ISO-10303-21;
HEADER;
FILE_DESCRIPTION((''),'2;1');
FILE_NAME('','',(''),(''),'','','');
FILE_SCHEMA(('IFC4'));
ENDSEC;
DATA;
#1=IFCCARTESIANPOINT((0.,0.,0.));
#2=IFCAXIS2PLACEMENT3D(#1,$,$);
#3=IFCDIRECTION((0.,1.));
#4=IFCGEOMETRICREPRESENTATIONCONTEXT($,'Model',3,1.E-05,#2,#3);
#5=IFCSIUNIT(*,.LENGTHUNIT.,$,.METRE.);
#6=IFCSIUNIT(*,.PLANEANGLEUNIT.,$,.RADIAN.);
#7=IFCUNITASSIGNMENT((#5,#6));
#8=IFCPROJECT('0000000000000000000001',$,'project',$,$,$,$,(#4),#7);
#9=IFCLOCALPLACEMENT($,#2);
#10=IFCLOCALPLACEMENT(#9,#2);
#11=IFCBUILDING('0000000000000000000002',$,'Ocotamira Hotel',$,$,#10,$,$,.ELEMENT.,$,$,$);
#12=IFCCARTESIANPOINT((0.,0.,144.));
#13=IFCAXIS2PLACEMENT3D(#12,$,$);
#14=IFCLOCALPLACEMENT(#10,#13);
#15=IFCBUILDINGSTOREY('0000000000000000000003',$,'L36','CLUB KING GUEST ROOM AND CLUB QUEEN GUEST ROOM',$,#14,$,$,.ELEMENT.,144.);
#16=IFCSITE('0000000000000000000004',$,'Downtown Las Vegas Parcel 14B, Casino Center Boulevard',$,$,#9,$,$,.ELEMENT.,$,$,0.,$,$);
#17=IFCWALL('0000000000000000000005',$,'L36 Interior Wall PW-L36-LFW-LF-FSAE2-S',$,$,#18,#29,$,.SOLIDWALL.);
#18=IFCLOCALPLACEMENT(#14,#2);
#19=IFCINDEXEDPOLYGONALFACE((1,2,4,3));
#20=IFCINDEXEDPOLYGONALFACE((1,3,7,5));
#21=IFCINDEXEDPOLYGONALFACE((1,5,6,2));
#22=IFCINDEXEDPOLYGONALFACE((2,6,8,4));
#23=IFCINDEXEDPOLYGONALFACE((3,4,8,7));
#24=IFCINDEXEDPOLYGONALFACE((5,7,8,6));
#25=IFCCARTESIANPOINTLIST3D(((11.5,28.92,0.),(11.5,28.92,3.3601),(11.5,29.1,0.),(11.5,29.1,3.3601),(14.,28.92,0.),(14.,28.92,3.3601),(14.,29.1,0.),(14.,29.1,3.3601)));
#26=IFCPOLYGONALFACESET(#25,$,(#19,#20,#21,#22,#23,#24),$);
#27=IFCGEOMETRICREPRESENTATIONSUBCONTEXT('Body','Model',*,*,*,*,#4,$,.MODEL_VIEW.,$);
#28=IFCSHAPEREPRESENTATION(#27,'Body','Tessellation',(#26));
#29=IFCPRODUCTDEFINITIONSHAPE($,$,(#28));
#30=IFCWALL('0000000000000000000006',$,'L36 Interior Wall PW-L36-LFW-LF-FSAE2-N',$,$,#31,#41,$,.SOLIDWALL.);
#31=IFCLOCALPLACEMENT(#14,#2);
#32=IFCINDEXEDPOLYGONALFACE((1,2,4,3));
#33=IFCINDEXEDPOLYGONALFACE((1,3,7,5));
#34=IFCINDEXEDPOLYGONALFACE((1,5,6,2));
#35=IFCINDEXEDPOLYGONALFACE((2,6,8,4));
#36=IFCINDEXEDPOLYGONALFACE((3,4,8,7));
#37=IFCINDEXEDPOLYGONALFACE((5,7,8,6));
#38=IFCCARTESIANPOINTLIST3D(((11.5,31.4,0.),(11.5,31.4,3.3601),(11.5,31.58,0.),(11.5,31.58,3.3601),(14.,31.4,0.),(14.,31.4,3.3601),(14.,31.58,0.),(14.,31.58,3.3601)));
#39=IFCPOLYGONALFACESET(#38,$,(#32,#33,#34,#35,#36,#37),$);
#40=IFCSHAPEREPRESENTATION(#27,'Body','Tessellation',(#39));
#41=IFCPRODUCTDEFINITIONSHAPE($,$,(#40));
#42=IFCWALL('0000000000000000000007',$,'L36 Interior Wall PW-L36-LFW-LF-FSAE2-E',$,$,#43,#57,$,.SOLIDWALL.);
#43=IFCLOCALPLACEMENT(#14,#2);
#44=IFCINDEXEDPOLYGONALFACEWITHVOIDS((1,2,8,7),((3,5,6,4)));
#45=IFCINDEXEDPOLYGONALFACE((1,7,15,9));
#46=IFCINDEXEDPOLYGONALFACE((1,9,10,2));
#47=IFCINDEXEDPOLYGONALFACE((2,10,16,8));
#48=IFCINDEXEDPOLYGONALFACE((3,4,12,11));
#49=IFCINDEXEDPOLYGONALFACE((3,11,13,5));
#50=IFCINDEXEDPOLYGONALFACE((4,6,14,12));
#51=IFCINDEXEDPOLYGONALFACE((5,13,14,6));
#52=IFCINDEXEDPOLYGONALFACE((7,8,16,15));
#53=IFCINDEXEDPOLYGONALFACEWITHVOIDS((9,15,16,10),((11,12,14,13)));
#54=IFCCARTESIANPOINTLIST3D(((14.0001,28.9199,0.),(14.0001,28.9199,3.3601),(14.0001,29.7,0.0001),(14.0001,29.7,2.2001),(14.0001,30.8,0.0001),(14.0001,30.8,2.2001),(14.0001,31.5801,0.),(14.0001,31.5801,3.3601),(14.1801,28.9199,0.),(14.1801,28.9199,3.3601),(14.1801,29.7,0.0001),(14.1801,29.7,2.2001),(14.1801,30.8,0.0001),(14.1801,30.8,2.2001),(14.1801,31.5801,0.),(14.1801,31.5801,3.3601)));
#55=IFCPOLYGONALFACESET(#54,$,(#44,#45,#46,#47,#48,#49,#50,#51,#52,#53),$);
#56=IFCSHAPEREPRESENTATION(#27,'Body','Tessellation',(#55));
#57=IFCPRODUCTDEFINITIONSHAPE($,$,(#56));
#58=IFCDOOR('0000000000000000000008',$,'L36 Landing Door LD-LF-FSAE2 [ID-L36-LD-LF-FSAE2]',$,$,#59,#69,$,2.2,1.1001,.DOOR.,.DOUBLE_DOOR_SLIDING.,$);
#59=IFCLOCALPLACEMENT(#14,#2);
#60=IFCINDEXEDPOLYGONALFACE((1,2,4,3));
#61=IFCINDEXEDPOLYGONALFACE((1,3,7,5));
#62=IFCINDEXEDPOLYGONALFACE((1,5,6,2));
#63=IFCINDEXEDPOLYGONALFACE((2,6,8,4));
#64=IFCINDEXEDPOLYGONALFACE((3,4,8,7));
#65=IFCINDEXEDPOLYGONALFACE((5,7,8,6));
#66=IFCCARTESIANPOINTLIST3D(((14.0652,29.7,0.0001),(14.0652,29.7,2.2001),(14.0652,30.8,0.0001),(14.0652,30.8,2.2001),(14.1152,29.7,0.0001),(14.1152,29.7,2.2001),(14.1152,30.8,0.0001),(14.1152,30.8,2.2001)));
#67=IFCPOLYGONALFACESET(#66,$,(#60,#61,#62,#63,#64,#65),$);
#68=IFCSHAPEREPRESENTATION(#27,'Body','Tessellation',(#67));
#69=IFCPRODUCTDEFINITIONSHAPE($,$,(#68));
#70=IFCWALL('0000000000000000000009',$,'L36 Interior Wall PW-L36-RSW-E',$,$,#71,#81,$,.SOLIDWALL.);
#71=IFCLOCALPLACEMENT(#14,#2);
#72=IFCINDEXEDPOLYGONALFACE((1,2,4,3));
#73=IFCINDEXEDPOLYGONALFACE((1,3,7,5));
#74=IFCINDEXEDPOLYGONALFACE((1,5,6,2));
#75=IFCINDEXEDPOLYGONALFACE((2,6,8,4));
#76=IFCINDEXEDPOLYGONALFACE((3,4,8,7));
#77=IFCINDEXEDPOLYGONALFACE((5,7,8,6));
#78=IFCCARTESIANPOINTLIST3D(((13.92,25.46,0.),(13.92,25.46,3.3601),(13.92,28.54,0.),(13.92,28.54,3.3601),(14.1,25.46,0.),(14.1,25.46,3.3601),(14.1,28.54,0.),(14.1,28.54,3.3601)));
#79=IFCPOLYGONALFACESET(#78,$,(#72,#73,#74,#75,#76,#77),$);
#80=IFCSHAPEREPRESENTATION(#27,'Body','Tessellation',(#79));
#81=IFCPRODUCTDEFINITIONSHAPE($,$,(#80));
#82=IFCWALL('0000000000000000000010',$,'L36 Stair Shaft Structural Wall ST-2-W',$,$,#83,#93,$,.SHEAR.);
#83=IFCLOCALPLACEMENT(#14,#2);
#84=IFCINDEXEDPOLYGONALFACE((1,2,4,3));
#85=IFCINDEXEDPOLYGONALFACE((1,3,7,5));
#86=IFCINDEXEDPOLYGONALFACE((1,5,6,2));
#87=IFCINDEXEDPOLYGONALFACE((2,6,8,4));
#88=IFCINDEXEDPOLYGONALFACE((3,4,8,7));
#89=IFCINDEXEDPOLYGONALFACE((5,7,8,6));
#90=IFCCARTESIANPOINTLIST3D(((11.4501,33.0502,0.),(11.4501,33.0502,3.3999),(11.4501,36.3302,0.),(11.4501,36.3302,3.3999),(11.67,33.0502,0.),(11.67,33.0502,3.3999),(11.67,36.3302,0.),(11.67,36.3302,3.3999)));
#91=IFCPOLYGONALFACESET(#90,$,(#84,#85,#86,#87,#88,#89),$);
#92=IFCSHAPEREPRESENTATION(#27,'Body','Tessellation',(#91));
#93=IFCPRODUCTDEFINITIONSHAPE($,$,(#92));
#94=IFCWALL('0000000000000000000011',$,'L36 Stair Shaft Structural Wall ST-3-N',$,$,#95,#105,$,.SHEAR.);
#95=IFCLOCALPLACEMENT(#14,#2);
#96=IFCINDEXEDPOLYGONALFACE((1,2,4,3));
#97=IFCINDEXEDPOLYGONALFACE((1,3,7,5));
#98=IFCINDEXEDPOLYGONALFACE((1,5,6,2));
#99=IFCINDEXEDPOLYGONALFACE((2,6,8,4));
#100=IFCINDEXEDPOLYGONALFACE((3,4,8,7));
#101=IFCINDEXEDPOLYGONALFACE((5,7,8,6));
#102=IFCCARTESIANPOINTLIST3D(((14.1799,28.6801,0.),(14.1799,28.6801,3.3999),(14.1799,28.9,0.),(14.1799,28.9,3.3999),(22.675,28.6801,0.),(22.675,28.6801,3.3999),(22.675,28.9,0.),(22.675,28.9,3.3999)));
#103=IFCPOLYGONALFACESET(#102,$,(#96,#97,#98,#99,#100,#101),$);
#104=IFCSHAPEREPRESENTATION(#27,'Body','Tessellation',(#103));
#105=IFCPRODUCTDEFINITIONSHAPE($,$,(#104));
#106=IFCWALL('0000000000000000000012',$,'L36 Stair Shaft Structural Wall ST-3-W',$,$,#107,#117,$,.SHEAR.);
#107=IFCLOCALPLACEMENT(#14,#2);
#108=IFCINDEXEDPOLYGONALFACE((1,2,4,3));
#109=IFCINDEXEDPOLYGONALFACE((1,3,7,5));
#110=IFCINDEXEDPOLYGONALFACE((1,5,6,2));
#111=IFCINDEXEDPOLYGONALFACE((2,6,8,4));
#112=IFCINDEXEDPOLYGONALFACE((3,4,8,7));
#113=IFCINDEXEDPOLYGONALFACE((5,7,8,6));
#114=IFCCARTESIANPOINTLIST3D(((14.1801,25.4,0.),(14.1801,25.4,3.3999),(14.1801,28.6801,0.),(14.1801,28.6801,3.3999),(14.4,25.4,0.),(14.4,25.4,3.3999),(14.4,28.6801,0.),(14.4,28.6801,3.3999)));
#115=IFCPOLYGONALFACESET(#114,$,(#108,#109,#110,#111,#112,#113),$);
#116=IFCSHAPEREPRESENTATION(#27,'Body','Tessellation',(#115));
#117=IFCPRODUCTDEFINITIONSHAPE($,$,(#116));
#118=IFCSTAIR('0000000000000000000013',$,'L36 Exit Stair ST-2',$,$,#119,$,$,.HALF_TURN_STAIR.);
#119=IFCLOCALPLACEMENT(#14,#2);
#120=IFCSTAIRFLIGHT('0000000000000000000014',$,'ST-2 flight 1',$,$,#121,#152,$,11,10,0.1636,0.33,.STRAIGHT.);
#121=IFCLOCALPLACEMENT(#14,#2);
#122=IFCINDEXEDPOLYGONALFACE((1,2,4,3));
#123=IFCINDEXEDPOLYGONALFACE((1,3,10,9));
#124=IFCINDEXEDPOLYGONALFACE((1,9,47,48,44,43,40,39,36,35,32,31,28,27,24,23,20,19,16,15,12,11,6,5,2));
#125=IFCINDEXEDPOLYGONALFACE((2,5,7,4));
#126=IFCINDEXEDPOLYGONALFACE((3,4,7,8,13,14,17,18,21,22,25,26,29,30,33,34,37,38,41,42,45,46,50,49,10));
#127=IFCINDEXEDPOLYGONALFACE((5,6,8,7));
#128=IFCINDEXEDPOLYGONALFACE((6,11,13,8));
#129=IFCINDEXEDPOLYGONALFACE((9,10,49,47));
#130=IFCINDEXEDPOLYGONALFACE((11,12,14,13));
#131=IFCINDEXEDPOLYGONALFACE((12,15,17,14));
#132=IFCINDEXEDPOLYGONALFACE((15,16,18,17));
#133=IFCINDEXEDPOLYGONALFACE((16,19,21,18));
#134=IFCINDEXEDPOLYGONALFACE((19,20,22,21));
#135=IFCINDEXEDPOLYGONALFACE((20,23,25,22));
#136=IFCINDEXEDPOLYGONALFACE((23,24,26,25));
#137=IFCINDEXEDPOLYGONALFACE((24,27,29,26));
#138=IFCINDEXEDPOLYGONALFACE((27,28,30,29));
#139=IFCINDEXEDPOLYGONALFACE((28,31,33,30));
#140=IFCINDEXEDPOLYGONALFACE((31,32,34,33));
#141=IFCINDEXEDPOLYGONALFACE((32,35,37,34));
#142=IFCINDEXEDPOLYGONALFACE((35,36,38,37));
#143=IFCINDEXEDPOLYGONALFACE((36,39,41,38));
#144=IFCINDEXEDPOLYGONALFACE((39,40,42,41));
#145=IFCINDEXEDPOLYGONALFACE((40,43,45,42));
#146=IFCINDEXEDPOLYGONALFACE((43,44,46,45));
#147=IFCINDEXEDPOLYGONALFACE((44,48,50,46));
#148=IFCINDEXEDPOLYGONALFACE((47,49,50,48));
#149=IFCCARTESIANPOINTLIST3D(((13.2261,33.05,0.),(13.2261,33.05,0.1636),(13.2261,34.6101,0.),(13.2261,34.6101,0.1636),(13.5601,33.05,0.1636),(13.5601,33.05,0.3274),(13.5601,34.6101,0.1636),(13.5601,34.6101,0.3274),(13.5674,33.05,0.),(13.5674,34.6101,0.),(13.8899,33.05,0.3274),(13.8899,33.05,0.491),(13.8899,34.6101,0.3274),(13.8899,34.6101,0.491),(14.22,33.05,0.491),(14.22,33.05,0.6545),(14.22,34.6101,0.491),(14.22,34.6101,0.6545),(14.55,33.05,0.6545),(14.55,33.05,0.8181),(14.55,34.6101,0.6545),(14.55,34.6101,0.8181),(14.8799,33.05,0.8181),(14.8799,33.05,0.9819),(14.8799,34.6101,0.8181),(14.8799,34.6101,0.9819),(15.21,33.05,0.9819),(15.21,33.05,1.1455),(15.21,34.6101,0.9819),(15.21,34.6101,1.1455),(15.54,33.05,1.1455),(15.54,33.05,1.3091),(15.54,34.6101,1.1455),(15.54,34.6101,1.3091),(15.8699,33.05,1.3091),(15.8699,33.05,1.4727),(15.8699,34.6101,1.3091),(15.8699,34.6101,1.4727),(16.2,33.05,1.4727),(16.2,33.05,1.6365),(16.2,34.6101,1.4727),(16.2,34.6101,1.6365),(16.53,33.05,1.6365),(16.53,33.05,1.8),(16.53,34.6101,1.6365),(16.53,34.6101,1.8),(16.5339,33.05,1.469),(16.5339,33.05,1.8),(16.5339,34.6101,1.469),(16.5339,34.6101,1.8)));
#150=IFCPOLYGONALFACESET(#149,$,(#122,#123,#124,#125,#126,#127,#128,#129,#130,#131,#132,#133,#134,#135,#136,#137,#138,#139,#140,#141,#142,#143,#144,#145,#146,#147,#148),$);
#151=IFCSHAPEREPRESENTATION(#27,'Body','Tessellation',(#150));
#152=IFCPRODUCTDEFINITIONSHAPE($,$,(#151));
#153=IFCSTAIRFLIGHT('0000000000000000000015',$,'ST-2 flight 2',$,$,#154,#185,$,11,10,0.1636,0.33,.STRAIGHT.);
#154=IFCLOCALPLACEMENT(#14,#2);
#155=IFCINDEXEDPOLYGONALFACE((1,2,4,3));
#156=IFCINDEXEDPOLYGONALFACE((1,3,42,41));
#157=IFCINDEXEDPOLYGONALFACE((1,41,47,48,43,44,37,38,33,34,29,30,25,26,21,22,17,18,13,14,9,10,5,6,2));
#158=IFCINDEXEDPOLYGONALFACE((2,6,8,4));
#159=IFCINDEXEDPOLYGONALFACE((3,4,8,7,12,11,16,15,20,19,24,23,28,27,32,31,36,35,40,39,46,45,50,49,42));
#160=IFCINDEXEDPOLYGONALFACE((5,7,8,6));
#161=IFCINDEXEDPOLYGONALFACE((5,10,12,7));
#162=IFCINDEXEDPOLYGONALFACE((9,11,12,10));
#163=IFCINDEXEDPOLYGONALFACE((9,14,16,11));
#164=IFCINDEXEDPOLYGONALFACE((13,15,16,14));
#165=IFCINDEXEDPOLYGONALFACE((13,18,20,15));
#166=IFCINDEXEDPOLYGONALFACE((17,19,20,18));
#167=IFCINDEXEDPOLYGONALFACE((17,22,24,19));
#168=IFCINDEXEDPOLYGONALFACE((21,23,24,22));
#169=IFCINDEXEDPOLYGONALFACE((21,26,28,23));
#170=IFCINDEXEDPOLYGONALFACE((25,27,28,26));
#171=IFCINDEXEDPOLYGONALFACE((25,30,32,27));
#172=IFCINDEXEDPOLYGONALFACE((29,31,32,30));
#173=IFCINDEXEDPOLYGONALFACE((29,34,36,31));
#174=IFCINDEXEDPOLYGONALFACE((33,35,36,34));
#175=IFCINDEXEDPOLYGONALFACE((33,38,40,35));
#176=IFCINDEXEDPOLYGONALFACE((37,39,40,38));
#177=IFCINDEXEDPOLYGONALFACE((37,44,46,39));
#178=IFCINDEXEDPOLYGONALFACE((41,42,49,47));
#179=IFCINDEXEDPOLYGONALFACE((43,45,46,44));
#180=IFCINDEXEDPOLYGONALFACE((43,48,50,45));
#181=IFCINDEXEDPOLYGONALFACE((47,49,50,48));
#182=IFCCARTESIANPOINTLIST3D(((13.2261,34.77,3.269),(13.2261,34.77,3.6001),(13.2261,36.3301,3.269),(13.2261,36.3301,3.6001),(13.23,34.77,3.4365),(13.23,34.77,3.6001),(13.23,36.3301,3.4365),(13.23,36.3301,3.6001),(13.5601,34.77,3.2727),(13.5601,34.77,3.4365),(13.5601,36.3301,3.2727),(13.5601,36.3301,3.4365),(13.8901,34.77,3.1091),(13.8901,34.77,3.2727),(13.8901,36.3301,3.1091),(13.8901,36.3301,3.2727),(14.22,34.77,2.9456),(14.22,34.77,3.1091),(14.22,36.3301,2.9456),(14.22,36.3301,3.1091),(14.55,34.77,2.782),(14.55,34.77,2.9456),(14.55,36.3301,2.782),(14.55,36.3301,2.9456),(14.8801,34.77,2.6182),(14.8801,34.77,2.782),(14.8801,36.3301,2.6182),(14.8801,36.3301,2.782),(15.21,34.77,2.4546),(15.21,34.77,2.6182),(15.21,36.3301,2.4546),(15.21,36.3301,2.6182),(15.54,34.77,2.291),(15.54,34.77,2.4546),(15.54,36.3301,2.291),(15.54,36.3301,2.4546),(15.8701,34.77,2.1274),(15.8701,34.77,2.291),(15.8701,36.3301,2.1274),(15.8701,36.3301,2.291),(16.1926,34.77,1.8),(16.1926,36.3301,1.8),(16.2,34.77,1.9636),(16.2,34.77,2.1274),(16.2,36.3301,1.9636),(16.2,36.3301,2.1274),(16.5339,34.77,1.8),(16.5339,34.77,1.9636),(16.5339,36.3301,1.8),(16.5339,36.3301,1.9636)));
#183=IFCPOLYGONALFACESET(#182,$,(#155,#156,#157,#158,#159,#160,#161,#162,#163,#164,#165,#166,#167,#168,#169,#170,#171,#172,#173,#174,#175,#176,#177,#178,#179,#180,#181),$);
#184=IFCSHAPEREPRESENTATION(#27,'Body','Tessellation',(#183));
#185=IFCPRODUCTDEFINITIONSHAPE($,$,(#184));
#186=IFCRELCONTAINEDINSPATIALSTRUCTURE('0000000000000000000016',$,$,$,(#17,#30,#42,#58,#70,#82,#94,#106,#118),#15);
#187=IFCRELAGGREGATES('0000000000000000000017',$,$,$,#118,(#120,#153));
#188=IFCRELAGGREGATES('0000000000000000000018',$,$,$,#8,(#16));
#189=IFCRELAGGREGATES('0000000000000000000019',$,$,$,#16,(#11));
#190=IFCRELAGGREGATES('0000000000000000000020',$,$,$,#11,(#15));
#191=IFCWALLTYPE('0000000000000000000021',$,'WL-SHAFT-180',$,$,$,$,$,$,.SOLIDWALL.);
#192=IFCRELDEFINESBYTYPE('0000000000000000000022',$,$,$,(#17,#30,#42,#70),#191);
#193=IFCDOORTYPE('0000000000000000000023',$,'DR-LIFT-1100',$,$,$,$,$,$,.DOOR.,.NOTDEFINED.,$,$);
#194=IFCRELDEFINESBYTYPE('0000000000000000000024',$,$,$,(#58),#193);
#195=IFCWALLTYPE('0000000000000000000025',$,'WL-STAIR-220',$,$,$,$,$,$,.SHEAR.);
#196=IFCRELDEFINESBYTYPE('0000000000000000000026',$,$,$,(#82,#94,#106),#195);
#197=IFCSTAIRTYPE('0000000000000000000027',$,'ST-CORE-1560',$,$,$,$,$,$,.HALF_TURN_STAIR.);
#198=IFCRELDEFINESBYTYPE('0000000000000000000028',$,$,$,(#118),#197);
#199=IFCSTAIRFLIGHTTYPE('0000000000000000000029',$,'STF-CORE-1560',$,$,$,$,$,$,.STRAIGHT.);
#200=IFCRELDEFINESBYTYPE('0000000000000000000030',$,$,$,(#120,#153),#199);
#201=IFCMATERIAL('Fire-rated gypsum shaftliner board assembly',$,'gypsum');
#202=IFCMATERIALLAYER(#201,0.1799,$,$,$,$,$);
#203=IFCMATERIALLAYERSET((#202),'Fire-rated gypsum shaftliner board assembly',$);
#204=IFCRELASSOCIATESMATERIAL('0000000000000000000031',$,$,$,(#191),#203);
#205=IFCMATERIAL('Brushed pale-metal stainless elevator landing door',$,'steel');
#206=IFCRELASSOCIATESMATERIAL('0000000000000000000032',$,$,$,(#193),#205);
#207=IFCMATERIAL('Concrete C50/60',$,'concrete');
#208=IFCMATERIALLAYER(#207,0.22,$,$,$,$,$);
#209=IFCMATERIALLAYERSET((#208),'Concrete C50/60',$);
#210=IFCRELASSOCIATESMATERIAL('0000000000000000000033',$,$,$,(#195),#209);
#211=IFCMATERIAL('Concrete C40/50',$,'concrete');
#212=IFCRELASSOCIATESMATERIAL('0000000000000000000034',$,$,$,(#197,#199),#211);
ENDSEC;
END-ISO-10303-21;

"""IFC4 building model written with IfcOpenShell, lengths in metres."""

from ifc_helpers import new_model, si_unit, direction, frame, frame_2d, origin, place, context, subcontext, project, spatial, polyline, rectangle, outline, extrude, source, transform, mapped, material, layer, layer_set, type_object, element, fill, aggregate, save


model = new_model("IFC4")

# Units and contexts
model_context = context("Model", 3, precision=1e-05, world=origin(), true_north=direction((0.0, 1.0)))
body_context = subcontext(model_context, "Body", "Model", "MODEL_VIEW")
ifc_project = project(units=[si_unit("LENGTHUNIT", "METRE"), si_unit("PLANEANGLEUNIT", "RADIAN")], contexts=[model_context])

# Site, building, storey
site_placement = place(None, origin())
site = spatial("IfcSite", under=ifc_project, at=site_placement, Name="Downtown Las Vegas Parcel 14B, Casino Center Boulevard", CompositionType="ELEMENT", RefElevation=0.0)
building_placement = place(site_placement, origin())
building = spatial("IfcBuilding", under=site, at=building_placement, Name="Ocotamira Hotel", CompositionType="ELEMENT")
storey_placement = place(building_placement, frame((0.0, 0.0, 144.0)))
storey = spatial("IfcBuildingStorey", under=building, at=storey_placement, Name="L36", Description="CLUB KING GUEST ROOM AND CLUB QUEEN GUEST ROOM", CompositionType="ELEMENT", Elevation=144.0)

# Walls
ifc_material_1 = material(Name="Fire-rated gypsum shaftliner board assembly", Category="gypsum")
ifc_layer_1 = layer(ifc_material_1, 0.1799)
ifc_layer_set_1 = layer_set([ifc_layer_1], Name="Fire-rated gypsum shaftliner board assembly")
wall_type_1 = type_object("IfcWallType", Name="WL-SHAFT-180", PredefinedType="SOLIDWALL", material=ifc_layer_set_1)
for number, where, z_axis, x_axis, name in (
    (1, (11.5, 29.01, 0.0), (0.0, 0.0, 1.0), (1.0, 0.0, 0.0), "L36 Interior Wall PW-L36-LFW-LF-FSAE2-S"),
    (2, (11.5, 31.49, 0.0), (0.0, 0.0, 1.0), (1.0, 0.0, 0.0), "L36 Interior Wall PW-L36-LFW-LF-FSAE2-N"),
):
    element("IfcWall", number, at=place(storey_placement, frame(where, z_axis=z_axis, x_axis=x_axis)), inside=storey, type_object=wall_type_1, Name=name, PredefinedType="SOLIDWALL", context=body_context, shape_type="SweptSolid", body=[
        extrude(rectangle(XDim=2.5, YDim=0.1799, at=frame_2d((1.25, 0.0))), origin(), (0.0, 0.0, 1.0), 3.3601),
    ])

# Wall, opening, door
wall_1_placement = place(storey_placement, frame((14.0901, 28.9199, 0.0), z_axis=(0.0, 0.0, 1.0), x_axis=(0.0, 1.0, 0.0)))
wall_1 = element("IfcWall", 3, at=wall_1_placement, inside=storey, type_object=wall_type_1, Name="L36 Interior Wall PW-L36-LFW-LF-FSAE2-E", PredefinedType="SOLIDWALL", context=body_context, shape_type="SweptSolid", body=[
    extrude(rectangle(XDim=2.6602, YDim=0.1799, at=frame_2d((1.3301, 0.0))), origin(), (0.0, 0.0, 1.0), 3.3601),
])
opening_placement = place(wall_1_placement, frame((0.78, 0.0, 0.0)))
opening = element("IfcOpeningElement", 4, at=opening_placement, cuts=wall_1, PredefinedType="OPENING", context=body_context, shape_type="SweptSolid", body=[
    extrude(rectangle(XDim=1.1001, YDim=2.2, at=frame_2d((0.55, 1.1001))), frame((0.0, 0.1001, 0.0), z_axis=(0.0, -1.0, 0.0), x_axis=(1.0, 0.0, 0.0)), (0.0, 0.0, 1.0), 0.2),
])
ifc_material_2 = material(Name="Brushed pale-metal stainless elevator landing door", Category="steel")
door_type = type_object("IfcDoorType", Name="DR-LIFT-1100", OperationType="NOTDEFINED", PredefinedType="DOOR", material=ifc_material_2)
shared_shape_1 = source(origin(), body_context, "Body", "SweptSolid", [
    extrude(rectangle(XDim=1.1001, YDim=2.2, at=frame_2d((0.55, 1.1001))), frame((0.0, 0.0249, 0.0), z_axis=(0.0, -1.0, 0.0), x_axis=(1.0, 0.0, 0.0)), (0.0, 0.0, 1.0), 0.05),
])
door_placement = place(opening_placement, origin())
door = element("IfcDoor", 5, at=door_placement, inside=storey, type_object=door_type, Name="L36 Landing Door LD-LF-FSAE2 [ID-L36-LD-LF-FSAE2]", OperationType="DOUBLE_DOOR_SLIDING", OverallHeight=2.2, OverallWidth=1.1001, PredefinedType="DOOR", context=body_context, shape_type="MappedRepresentation", body=[
    mapped(shared_shape_1, transform((0.0, 0.0, 0.0), scale=1.0)),
])
fill(opening, door)

# Walls
wall_2_placement = place(storey_placement, frame((14.01, 25.46, 0.0), z_axis=(0.0, 0.0, 1.0), x_axis=(0.0, 1.0, 0.0)))
element("IfcWall", 6, at=wall_2_placement, inside=storey, type_object=wall_type_1, Name="L36 Interior Wall PW-L36-RSW-E", PredefinedType="SOLIDWALL", context=body_context, shape_type="SweptSolid", body=[
    extrude(rectangle(XDim=3.0801, YDim=0.1799, at=frame_2d((1.54, 0.0))), origin(), (0.0, 0.0, 1.0), 3.3601),
])
ifc_material_3 = material(Name="Concrete C50/60", Category="concrete")
ifc_layer_2 = layer(ifc_material_3, 0.22)
ifc_layer_set_2 = layer_set([ifc_layer_2], Name="Concrete C50/60")
wall_type_2 = type_object("IfcWallType", Name="WL-STAIR-220", PredefinedType="SHEAR", material=ifc_layer_set_2)
wall_3_placement = place(storey_placement, frame((11.5601, 33.05, 0.0), z_axis=(0.0, 0.0, 1.0), x_axis=(0.0, 1.0, 0.0)))
element("IfcWall", 7, at=wall_3_placement, inside=storey, type_object=wall_type_2, Name="L36 Stair Shaft Structural Wall ST-2-W", PredefinedType="SHEAR", context=body_context, shape_type="SweptSolid", body=[
    extrude(rectangle(XDim=3.28, YDim=0.22, at=frame_2d((1.6401, 0.0))), origin(), (0.0, 0.0, 1.0), 3.3999),
])
wall_4_placement = place(storey_placement, frame((14.1799, 28.79, 0.0), z_axis=(0.0, 0.0, 1.0), x_axis=(1.0, 0.0, 0.0)))
element("IfcWall", 8, at=wall_4_placement, inside=storey, type_object=wall_type_2, Name="L36 Stair Shaft Structural Wall ST-3-N", PredefinedType="SHEAR", context=body_context, shape_type="SweptSolid", body=[
    extrude(rectangle(XDim=8.4951, YDim=0.22, at=frame_2d((4.2476, 0.0))), origin(), (0.0, 0.0, 1.0), 3.3999),
])
wall_5_placement = place(storey_placement, frame((14.29, 25.3999, 0.0), z_axis=(0.0, 0.0, 1.0), x_axis=(0.0, 1.0, 0.0)))
element("IfcWall", 9, at=wall_5_placement, inside=storey, type_object=wall_type_2, Name="L36 Stair Shaft Structural Wall ST-3-W", PredefinedType="SHEAR", context=body_context, shape_type="SweptSolid", body=[
    extrude(rectangle(XDim=3.28, YDim=0.22, at=frame_2d((1.6401, 0.0))), origin(), (0.0, 0.0, 1.0), 3.3999),
])

# Stair, stair flights
ifc_material_4 = material(Name="Concrete C40/50", Category="concrete")
stair_type = type_object("IfcStairType", Name="ST-CORE-1560", PredefinedType="HALF_TURN_STAIR", material=ifc_material_4)
stair_1_placement = place(storey_placement, origin())
stair_1 = element("IfcStair", 10, at=stair_1_placement, inside=storey, type_object=stair_type, Name="L36 Exit Stair ST-2", PredefinedType="HALF_TURN_STAIR")
stair_flight_type = type_object("IfcStairFlightType", Name="STF-CORE-1560", PredefinedType="STRAIGHT", material=ifc_material_4)
shared_shape_2 = source(origin(), body_context, "Body", "SweptSolid", [
    extrude(outline(polyline([(-0.0039, 0.0), (-0.0039, 0.1636), (0.3301, 0.1636), (0.3301, 0.3274), (0.6599, 0.3274), (0.6599, 0.491), (0.99, 0.491), (0.99, 0.6545), (1.3201, 0.6545), (1.3201, 0.8181), (1.6499, 0.8181), (1.6499, 0.9819), (1.98, 0.9819), (1.98, 1.1455), (2.3101, 1.1455), (2.3101, 1.3091), (2.6399, 1.3091), (2.6399, 1.4727), (2.97, 1.4727), (2.97, 1.6365), (3.3, 1.6365), (3.3, 1.8), (3.304, 1.8), (3.304, 1.469), (0.3374, 0.0), (-0.0039, 0.0)])), frame((0.0, 0.78, 0.0), z_axis=(0.0, -1.0, 0.0), x_axis=(1.0, 0.0, 0.0)), (0.0, 0.0, 1.0), 1.5601),
])
stair_flight_1_placement = place(storey_placement, frame((13.23, 33.8301, 0.0), z_axis=(0.0, 0.0, 1.0), x_axis=(1.0, 0.0, 0.0)))
stair_flight_1 = element("IfcStairFlight", 11, at=stair_flight_1_placement, type_object=stair_flight_type, Name="ST-2 flight 1", NumberOfRisers=11, NumberOfTreads=10, PredefinedType="STRAIGHT", RiserHeight=0.1636, TreadLength=0.33, context=body_context, shape_type="MappedRepresentation", body=[
    mapped(shared_shape_2, transform((0.0, 0.0, 0.0), scale=1.0)),
])
stair_flight_2_placement = place(storey_placement, frame((16.53, 35.55, 1.8), z_axis=(0.0, 0.0, 1.0), x_axis=(-1.0, 0.0, 0.0)))
stair_flight_2 = element("IfcStairFlight", 12, at=stair_flight_2_placement, type_object=stair_flight_type, Name="ST-2 flight 2", NumberOfRisers=11, NumberOfTreads=10, PredefinedType="STRAIGHT", RiserHeight=0.1636, TreadLength=0.33, context=body_context, shape_type="MappedRepresentation", body=[
    mapped(shared_shape_2, transform((0.0, 0.0, 0.0), scale=1.0)),
])
aggregate(stair_1, [stair_flight_1, stair_flight_2])

save(model, "model.ifc")
